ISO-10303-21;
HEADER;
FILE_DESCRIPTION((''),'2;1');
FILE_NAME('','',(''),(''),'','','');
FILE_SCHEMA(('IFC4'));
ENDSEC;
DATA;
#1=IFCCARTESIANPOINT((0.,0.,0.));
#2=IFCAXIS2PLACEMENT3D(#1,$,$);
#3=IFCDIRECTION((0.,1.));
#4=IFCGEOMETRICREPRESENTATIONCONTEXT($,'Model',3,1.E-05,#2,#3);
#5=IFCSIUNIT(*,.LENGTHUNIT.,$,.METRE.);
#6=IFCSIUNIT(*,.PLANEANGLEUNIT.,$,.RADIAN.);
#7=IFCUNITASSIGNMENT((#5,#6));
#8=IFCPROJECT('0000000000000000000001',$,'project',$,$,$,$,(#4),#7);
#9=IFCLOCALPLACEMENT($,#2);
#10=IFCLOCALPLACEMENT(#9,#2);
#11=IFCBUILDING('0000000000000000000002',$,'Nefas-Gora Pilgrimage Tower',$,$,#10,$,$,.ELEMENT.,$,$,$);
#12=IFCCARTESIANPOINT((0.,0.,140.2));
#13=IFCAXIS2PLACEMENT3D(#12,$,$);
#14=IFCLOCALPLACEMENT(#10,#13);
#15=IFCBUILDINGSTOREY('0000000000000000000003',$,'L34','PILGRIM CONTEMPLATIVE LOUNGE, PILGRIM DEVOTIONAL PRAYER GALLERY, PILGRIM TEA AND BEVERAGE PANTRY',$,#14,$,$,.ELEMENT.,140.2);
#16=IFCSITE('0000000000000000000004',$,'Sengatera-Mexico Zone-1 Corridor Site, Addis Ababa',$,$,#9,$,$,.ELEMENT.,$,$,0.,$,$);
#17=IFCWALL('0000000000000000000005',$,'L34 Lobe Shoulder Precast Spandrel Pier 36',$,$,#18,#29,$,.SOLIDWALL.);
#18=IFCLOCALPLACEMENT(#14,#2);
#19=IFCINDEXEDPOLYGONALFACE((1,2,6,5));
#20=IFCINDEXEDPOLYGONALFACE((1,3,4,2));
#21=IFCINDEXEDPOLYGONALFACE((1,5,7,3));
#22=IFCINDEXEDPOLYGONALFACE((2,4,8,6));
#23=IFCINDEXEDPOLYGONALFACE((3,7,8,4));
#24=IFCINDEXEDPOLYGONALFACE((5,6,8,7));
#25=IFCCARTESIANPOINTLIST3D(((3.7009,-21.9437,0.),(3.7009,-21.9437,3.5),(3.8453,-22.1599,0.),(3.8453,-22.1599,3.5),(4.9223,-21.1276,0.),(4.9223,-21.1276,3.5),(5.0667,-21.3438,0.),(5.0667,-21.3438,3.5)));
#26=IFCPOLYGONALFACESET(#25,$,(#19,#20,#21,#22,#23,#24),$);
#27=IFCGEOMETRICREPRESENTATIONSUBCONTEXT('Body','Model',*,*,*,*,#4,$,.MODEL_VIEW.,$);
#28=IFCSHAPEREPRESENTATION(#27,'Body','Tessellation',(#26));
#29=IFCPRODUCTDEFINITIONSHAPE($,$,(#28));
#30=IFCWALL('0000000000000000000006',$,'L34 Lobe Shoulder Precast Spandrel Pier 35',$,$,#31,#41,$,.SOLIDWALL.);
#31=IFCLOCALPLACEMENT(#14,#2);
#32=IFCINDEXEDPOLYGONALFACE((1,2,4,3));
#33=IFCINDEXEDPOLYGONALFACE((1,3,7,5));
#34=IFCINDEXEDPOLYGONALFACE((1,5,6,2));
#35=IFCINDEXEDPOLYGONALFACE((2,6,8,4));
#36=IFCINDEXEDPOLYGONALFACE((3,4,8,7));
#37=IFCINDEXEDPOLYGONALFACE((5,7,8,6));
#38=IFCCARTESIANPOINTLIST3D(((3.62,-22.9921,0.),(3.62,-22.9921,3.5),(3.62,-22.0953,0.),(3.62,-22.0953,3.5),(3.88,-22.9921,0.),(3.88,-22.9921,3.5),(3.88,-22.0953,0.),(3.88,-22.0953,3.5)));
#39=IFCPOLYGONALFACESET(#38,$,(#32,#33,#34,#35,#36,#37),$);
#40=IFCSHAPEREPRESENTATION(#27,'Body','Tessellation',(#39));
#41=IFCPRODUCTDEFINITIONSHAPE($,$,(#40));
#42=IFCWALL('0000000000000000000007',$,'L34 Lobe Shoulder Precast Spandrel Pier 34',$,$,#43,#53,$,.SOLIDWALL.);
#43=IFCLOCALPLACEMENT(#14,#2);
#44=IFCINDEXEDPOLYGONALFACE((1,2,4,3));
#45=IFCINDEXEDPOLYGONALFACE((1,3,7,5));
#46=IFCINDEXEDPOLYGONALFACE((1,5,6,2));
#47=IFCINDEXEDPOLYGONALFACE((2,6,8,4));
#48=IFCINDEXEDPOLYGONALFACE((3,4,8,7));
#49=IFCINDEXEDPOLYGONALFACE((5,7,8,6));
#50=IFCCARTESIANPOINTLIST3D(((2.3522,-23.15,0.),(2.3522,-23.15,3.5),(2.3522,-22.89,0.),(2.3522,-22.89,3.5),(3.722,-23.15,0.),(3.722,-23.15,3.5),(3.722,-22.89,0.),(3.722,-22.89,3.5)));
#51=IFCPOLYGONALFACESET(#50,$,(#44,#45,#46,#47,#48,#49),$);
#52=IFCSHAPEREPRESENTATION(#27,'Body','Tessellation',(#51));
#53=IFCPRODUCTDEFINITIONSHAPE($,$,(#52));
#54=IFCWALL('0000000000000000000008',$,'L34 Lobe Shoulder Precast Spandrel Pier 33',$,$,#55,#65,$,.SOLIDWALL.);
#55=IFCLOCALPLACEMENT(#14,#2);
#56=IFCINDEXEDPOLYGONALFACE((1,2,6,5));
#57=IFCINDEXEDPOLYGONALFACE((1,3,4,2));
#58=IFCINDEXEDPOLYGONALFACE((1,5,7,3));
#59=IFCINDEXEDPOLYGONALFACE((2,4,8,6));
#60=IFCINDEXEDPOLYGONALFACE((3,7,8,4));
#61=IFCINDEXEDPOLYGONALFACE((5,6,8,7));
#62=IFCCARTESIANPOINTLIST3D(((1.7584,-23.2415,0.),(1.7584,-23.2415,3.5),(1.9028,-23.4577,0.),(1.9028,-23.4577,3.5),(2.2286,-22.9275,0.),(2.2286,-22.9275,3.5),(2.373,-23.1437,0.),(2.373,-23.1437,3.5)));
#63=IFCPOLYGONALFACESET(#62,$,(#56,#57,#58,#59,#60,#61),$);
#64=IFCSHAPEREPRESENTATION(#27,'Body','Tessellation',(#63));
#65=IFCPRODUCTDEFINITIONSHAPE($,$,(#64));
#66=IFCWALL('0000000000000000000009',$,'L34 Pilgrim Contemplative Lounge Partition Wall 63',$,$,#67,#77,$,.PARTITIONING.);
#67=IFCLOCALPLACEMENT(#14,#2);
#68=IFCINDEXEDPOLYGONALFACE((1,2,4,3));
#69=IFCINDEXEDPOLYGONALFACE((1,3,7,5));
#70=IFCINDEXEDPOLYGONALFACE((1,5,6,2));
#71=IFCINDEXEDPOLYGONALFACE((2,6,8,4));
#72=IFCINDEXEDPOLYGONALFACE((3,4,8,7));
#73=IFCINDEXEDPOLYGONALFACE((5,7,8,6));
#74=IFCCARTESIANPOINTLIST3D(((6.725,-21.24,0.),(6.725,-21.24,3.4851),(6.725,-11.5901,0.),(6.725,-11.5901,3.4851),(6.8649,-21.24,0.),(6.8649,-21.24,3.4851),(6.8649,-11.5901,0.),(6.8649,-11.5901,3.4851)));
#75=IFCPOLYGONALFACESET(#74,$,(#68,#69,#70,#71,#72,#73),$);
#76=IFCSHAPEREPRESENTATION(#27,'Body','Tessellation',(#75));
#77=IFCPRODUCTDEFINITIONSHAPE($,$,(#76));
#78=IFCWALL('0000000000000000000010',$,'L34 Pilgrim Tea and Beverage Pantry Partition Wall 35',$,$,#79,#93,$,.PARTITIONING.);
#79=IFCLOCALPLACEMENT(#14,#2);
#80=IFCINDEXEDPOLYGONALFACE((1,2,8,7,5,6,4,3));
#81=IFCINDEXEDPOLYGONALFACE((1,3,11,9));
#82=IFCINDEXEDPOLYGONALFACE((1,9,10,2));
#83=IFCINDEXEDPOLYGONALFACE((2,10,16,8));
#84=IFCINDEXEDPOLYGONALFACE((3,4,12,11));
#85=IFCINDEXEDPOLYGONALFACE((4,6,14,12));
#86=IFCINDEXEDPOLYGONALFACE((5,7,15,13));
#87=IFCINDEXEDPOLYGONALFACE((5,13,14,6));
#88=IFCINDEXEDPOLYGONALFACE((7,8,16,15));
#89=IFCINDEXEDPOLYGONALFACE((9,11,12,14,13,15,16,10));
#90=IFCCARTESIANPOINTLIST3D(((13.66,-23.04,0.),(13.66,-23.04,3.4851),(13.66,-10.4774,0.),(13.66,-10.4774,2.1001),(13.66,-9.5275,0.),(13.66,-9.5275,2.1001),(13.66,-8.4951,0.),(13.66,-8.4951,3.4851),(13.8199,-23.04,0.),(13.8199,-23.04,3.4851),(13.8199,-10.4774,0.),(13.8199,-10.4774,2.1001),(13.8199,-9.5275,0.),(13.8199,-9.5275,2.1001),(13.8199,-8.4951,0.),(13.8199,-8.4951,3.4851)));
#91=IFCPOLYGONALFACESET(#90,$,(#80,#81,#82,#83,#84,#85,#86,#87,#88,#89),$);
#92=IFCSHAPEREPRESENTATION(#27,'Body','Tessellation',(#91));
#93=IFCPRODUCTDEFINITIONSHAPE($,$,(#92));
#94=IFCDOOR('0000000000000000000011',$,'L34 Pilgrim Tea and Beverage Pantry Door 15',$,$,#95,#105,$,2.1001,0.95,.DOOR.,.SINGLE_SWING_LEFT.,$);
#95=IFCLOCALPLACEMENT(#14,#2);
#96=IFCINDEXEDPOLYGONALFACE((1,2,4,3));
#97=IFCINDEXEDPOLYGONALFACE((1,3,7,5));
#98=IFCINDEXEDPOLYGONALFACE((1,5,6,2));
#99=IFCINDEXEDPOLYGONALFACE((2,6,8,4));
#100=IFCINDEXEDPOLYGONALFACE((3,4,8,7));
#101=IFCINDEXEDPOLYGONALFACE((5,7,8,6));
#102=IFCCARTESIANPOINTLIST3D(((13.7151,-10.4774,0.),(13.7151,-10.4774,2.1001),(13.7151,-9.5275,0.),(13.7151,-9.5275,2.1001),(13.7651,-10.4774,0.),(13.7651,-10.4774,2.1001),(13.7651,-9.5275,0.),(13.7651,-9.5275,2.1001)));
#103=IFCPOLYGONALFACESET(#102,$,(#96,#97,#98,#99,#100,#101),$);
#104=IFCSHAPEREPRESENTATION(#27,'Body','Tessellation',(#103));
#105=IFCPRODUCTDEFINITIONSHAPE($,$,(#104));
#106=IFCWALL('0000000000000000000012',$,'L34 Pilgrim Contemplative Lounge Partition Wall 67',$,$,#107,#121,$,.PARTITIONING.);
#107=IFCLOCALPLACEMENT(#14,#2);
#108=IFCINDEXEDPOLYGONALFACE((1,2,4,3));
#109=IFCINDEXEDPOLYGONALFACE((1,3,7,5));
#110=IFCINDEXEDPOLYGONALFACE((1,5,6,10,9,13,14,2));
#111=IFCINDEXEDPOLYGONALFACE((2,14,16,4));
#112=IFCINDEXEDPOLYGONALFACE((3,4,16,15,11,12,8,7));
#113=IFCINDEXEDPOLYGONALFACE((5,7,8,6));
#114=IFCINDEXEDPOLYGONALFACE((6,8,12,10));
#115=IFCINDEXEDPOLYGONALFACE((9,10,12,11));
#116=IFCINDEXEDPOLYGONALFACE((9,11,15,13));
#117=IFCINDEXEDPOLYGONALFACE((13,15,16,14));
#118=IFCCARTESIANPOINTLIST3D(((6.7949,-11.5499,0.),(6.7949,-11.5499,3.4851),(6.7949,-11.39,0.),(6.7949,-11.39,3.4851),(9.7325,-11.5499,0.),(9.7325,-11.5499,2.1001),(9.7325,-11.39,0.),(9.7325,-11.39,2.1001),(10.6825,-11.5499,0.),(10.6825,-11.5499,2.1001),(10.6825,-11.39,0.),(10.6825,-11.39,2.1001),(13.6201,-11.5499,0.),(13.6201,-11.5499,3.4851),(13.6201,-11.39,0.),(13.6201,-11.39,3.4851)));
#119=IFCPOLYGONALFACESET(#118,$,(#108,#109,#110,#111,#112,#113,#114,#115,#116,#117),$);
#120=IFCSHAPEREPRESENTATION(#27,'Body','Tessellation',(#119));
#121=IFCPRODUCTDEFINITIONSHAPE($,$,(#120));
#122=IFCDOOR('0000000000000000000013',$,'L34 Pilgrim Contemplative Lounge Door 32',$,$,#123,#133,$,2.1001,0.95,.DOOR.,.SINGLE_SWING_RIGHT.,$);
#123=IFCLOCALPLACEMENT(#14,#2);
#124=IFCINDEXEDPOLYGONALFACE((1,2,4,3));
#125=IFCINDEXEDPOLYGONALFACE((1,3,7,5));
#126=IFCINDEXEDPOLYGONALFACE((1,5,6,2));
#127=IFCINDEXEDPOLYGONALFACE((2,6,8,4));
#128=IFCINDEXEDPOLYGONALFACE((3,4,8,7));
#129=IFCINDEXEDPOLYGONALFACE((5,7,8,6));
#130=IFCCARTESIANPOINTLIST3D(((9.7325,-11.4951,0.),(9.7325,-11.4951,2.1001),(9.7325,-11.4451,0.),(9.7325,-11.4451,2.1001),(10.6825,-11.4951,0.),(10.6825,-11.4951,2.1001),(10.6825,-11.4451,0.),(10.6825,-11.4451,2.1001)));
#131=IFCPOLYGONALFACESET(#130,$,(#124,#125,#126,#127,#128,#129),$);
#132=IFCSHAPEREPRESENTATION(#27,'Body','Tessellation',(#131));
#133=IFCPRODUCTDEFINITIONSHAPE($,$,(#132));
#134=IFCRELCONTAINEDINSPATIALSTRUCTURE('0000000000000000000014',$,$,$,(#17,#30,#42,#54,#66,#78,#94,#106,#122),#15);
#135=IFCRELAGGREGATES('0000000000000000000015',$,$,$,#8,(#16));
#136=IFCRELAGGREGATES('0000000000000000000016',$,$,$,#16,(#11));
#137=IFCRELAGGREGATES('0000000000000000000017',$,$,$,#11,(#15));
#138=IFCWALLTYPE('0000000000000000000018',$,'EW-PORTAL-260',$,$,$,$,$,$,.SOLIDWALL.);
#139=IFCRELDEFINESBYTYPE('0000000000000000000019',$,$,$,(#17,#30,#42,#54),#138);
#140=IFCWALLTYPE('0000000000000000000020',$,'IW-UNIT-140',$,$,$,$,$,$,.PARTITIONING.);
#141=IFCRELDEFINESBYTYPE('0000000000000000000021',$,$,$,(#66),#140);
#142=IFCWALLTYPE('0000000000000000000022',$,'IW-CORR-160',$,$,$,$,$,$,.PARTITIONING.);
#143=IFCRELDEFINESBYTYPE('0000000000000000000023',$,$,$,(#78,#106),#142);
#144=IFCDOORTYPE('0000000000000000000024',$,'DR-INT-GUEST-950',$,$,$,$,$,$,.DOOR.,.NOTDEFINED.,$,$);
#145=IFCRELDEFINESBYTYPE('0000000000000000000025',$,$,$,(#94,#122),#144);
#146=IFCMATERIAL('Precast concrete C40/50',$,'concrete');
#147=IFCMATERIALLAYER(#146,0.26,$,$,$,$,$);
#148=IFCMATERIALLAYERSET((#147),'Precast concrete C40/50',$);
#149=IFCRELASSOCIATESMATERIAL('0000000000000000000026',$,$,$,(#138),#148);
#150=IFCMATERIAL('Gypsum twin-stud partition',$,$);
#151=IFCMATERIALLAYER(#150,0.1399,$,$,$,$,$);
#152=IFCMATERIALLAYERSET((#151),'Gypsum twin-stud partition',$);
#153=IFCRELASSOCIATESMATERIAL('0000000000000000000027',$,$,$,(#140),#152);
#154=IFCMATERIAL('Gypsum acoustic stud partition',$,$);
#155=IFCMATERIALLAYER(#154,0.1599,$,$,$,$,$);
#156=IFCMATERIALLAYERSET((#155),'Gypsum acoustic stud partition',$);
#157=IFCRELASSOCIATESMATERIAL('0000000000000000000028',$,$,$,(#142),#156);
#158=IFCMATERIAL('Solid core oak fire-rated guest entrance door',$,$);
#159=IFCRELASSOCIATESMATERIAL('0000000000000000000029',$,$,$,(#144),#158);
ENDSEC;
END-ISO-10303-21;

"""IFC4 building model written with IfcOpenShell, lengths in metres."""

from ifc_helpers import new_model, si_unit, direction, frame, frame_2d, origin, place, context, subcontext, project, spatial, rectangle, extrude, source, transform, mapped, material, layer, layer_set, type_object, element, fill, save


model = new_model("IFC4")

# Units and contexts
model_context = context("Model", 3, precision=1e-05, world=origin(), true_north=direction((0.0, 1.0)))
body_context = subcontext(model_context, "Body", "Model", "MODEL_VIEW")
ifc_project = project(units=[si_unit("LENGTHUNIT", "METRE"), si_unit("PLANEANGLEUNIT", "RADIAN")], contexts=[model_context])

# Site, building, storey
site_placement = place(None, origin())
site = spatial("IfcSite", under=ifc_project, at=site_placement, Name="Sengatera-Mexico Zone-1 Corridor Site, Addis Ababa", CompositionType="ELEMENT", RefElevation=0.0)
building_placement = place(site_placement, origin())
building = spatial("IfcBuilding", under=site, at=building_placement, Name="Nefas-Gora Pilgrimage Tower", CompositionType="ELEMENT")
storey_placement = place(building_placement, frame((0.0, 0.0, 140.2)))
storey = spatial("IfcBuildingStorey", under=building, at=storey_placement, Name="L34", Description="PILGRIM CONTEMPLATIVE LOUNGE, PILGRIM DEVOTIONAL PRAYER GALLERY, PILGRIM TEA AND BEVERAGE PANTRY", CompositionType="ELEMENT", Elevation=140.2)

# Walls
ifc_material_1 = material(Name="Precast concrete C40/50", Category="concrete")
ifc_layer_1 = layer(ifc_material_1, 0.26)
ifc_layer_set_1 = layer_set([ifc_layer_1], Name="Precast concrete C40/50")
wall_type_1 = type_object("IfcWallType", Name="EW-PORTAL-260", PredefinedType="SOLIDWALL", material=ifc_layer_set_1)
shared_shape_1 = source(origin(), body_context, "Body", "SweptSolid", [
    extrude(rectangle(XDim=1.469, YDim=0.26, at=frame_2d((0.7344, 0.0))), origin(), (0.0, 0.0, 1.0), 3.5),
])
wall_1_placement = place(storey_placement, frame((3.7732, -22.0518, 0.0), z_axis=(0.0, 0.0, 1.0), x_axis=(0.831462, 0.555582, 0.0)))
element("IfcWall", 1, at=wall_1_placement, inside=storey, type_object=wall_type_1, Name="L34 Lobe Shoulder Precast Spandrel Pier 36", PredefinedType="SOLIDWALL", context=body_context, shape_type="MappedRepresentation", body=[
    mapped(shared_shape_1, transform((0.0, 0.0, 0.0), x_axis=(1.0, 0.0, 0.0), y_axis=(0.0, 1.0, 0.0), z_axis=(0.0, 0.0, 1.0), scale=1.0)),
])
shared_shape_2 = source(origin(), body_context, "Body", "SweptSolid", [
    extrude(rectangle(XDim=0.8967, YDim=0.26, at=frame_2d((0.4482, 0.0))), origin(), (0.0, 0.0, 1.0), 3.5),
])
wall_2_placement = place(storey_placement, frame((3.75, -22.9919, 0.0), z_axis=(0.0, 0.0, 1.0), x_axis=(0.0, 1.0, 0.0)))
element("IfcWall", 2, at=wall_2_placement, inside=storey, type_object=wall_type_1, Name="L34 Lobe Shoulder Precast Spandrel Pier 35", PredefinedType="SOLIDWALL", context=body_context, shape_type="MappedRepresentation", body=[
    mapped(shared_shape_2, transform((0.0, 0.0, 0.0), x_axis=(1.0, 0.0, 0.0), y_axis=(0.0, 1.0, 0.0), z_axis=(0.0, 0.0, 1.0), scale=1.0)),
])
shared_shape_3 = source(origin(), body_context, "Body", "SweptSolid", [
    extrude(rectangle(XDim=1.3699, YDim=0.26, at=frame_2d((0.6851, 0.0))), origin(), (0.0, 0.0, 1.0), 3.5),
])
wall_3_placement = place(storey_placement, frame((2.3521, -23.02, 0.0), z_axis=(0.0, 0.0, 1.0), x_axis=(1.0, 0.0, 0.0)))
element("IfcWall", 3, at=wall_3_placement, inside=storey, type_object=wall_type_1, Name="L34 Lobe Shoulder Precast Spandrel Pier 34", PredefinedType="SOLIDWALL", context=body_context, shape_type="MappedRepresentation", body=[
    mapped(shared_shape_3, transform((0.0, 0.0, 0.0), x_axis=(1.0, 0.0, 0.0), y_axis=(0.0, 1.0, 0.0), z_axis=(0.0, 0.0, 1.0), scale=1.0)),
])
shared_shape_4 = source(origin(), body_context, "Body", "SweptSolid", [
    extrude(rectangle(XDim=0.5654, YDim=0.26, at=frame_2d((0.2827, 0.0))), origin(), (0.0, 0.0, 1.0), 3.5),
])
wall_4_placement = place(storey_placement, frame((1.8306, -23.3496, 0.0), z_axis=(0.0, 0.0, 1.0), x_axis=(0.831651, 0.555298, 0.0)))
element("IfcWall", 4, at=wall_4_placement, inside=storey, type_object=wall_type_1, Name="L34 Lobe Shoulder Precast Spandrel Pier 33", PredefinedType="SOLIDWALL", context=body_context, shape_type="MappedRepresentation", body=[
    mapped(shared_shape_4, transform((0.0, 0.0, 0.0), x_axis=(1.0, 0.0, 0.0), y_axis=(0.0, 1.0, 0.0), z_axis=(0.0, 0.0, 1.0), scale=1.0)),
])
ifc_material_2 = material(Name="Gypsum twin-stud partition")
ifc_layer_2 = layer(ifc_material_2, 0.1399)
ifc_layer_set_2 = layer_set([ifc_layer_2], Name="Gypsum twin-stud partition")
wall_type_2 = type_object("IfcWallType", Name="IW-UNIT-140", PredefinedType="PARTITIONING", material=ifc_layer_set_2)
shared_shape_5 = source(origin(), body_context, "Body", "SweptSolid", [
    extrude(rectangle(XDim=9.6499, YDim=0.1399, at=frame_2d((4.825, 0.0))), origin(), (0.0, 0.0, 1.0), 3.4851),
])
wall_5_placement = place(storey_placement, frame((6.7949, -21.24, 0.0), z_axis=(0.0, 0.0, 1.0), x_axis=(0.0, 1.0, 0.0)))
element("IfcWall", 5, at=wall_5_placement, inside=storey, type_object=wall_type_2, Name="L34 Pilgrim Contemplative Lounge Partition Wall 63", PredefinedType="PARTITIONING", context=body_context, shape_type="MappedRepresentation", body=[
    mapped(shared_shape_5, transform((0.0, 0.0, 0.0), x_axis=(1.0, 0.0, 0.0), y_axis=(0.0, 1.0, 0.0), z_axis=(0.0, 0.0, 1.0), scale=1.0)),
])

# Walls, openings, doors
ifc_material_3 = material(Name="Gypsum acoustic stud partition")
ifc_layer_3 = layer(ifc_material_3, 0.1599)
ifc_layer_set_3 = layer_set([ifc_layer_3], Name="Gypsum acoustic stud partition")
wall_type_3 = type_object("IfcWallType", Name="IW-CORR-160", PredefinedType="PARTITIONING", material=ifc_layer_set_3)
shared_shape_6 = source(origin(), body_context, "Body", "SweptSolid", [
    extrude(rectangle(XDim=14.5449, YDim=0.1599, at=frame_2d((7.2725, 0.0))), origin(), (0.0, 0.0, 1.0), 3.4851),
])
wall_6_placement = place(storey_placement, frame((13.74, -23.04, 0.0), z_axis=(0.0, 0.0, 1.0), x_axis=(0.0, 1.0, 0.0)))
wall_6 = element("IfcWall", 6, at=wall_6_placement, inside=storey, type_object=wall_type_3, Name="L34 Pilgrim Tea and Beverage Pantry Partition Wall 35", PredefinedType="PARTITIONING", context=body_context, shape_type="MappedRepresentation", body=[
    mapped(shared_shape_6, transform((0.0, 0.0, 0.0), x_axis=(1.0, 0.0, 0.0), y_axis=(0.0, 1.0, 0.0), z_axis=(0.0, 0.0, 1.0), scale=1.0)),
])
opening_1_placement = place(wall_6_placement, frame((12.5625, 0.0, 0.0)))
opening_1 = element("IfcOpeningElement", 7, at=opening_1_placement, cuts=wall_6, PredefinedType="OPENING", context=body_context, shape_type="SweptSolid", body=[
    extrude(rectangle(XDim=0.95, YDim=2.1001, at=frame_2d((0.4751, 1.05))), frame((0.0, 0.0898, 0.0), z_axis=(0.0, -1.0, 0.0), x_axis=(1.0, 0.0, 0.0)), (0.0, 0.0, 1.0), 0.1799),
])
ifc_material_4 = material(Name="Solid core oak fire-rated guest entrance door")
door_type = type_object("IfcDoorType", Name="DR-INT-GUEST-950", OperationType="NOTDEFINED", PredefinedType="DOOR", material=ifc_material_4)
shared_shape_7 = source(origin(), body_context, "Body", "SweptSolid", [
    extrude(rectangle(XDim=0.95, YDim=2.1001, at=frame_2d((0.4751, 1.05))), frame((0.0, 0.0249, 0.0), z_axis=(0.0, -1.0, 0.0), x_axis=(1.0, 0.0, 0.0)), (0.0, 0.0, 1.0), 0.05),
])
door_1_placement = place(opening_1_placement, origin())
door_1 = element("IfcDoor", 8, at=door_1_placement, inside=storey, type_object=door_type, Name="L34 Pilgrim Tea and Beverage Pantry Door 15", OperationType="SINGLE_SWING_LEFT", OverallHeight=2.1001, OverallWidth=0.95, PredefinedType="DOOR", context=body_context, shape_type="MappedRepresentation", body=[
    mapped(shared_shape_7, transform((0.0, 0.0, 0.0), x_axis=(1.0, 0.0, 0.0), y_axis=(0.0, 1.0, 0.0), z_axis=(0.0, 0.0, 1.0), scale=1.0)),
])
fill(opening_1, door_1)
shared_shape_8 = source(origin(), body_context, "Body", "SweptSolid", [
    extrude(rectangle(XDim=6.8252, YDim=0.1599, at=frame_2d((3.4126, 0.0))), origin(), (0.0, 0.0, 1.0), 3.4851),
])
wall_7_placement = place(storey_placement, frame((6.7949, -11.47, 0.0), z_axis=(0.0, 0.0, 1.0), x_axis=(1.0, 0.0, 0.0)))
wall_7 = element("IfcWall", 9, at=wall_7_placement, inside=storey, type_object=wall_type_3, Name="L34 Pilgrim Contemplative Lounge Partition Wall 67", PredefinedType="PARTITIONING", context=body_context, shape_type="MappedRepresentation", body=[
    mapped(shared_shape_8, transform((0.0, 0.0, 0.0), x_axis=(1.0, 0.0, 0.0), y_axis=(0.0, 1.0, 0.0), z_axis=(0.0, 0.0, 1.0), scale=1.0)),
])
opening_2_placement = place(wall_7_placement, frame((2.9375, 0.0, 0.0)))
opening_2 = element("IfcOpeningElement", 10, at=opening_2_placement, cuts=wall_7, PredefinedType="OPENING", context=body_context, shape_type="SweptSolid", body=[
    extrude(rectangle(XDim=0.95, YDim=2.1001, at=frame_2d((0.4751, 1.05))), frame((0.0, 0.0898, 0.0), z_axis=(0.0, -1.0, 0.0), x_axis=(1.0, 0.0, 0.0)), (0.0, 0.0, 1.0), 0.1799),
])
door_2_placement = place(opening_2_placement, origin())
door_2 = element("IfcDoor", 11, at=door_2_placement, inside=storey, type_object=door_type, Name="L34 Pilgrim Contemplative Lounge Door 32", OperationType="SINGLE_SWING_RIGHT", OverallHeight=2.1001, OverallWidth=0.95, PredefinedType="DOOR", context=body_context, shape_type="MappedRepresentation", body=[
    mapped(shared_shape_7, transform((0.0, 0.0, 0.0), x_axis=(1.0, 0.0, 0.0), y_axis=(0.0, 1.0, 0.0), z_axis=(0.0, 0.0, 1.0), scale=1.0)),
])
fill(opening_2, door_2)

save(model, "model.ifc")
